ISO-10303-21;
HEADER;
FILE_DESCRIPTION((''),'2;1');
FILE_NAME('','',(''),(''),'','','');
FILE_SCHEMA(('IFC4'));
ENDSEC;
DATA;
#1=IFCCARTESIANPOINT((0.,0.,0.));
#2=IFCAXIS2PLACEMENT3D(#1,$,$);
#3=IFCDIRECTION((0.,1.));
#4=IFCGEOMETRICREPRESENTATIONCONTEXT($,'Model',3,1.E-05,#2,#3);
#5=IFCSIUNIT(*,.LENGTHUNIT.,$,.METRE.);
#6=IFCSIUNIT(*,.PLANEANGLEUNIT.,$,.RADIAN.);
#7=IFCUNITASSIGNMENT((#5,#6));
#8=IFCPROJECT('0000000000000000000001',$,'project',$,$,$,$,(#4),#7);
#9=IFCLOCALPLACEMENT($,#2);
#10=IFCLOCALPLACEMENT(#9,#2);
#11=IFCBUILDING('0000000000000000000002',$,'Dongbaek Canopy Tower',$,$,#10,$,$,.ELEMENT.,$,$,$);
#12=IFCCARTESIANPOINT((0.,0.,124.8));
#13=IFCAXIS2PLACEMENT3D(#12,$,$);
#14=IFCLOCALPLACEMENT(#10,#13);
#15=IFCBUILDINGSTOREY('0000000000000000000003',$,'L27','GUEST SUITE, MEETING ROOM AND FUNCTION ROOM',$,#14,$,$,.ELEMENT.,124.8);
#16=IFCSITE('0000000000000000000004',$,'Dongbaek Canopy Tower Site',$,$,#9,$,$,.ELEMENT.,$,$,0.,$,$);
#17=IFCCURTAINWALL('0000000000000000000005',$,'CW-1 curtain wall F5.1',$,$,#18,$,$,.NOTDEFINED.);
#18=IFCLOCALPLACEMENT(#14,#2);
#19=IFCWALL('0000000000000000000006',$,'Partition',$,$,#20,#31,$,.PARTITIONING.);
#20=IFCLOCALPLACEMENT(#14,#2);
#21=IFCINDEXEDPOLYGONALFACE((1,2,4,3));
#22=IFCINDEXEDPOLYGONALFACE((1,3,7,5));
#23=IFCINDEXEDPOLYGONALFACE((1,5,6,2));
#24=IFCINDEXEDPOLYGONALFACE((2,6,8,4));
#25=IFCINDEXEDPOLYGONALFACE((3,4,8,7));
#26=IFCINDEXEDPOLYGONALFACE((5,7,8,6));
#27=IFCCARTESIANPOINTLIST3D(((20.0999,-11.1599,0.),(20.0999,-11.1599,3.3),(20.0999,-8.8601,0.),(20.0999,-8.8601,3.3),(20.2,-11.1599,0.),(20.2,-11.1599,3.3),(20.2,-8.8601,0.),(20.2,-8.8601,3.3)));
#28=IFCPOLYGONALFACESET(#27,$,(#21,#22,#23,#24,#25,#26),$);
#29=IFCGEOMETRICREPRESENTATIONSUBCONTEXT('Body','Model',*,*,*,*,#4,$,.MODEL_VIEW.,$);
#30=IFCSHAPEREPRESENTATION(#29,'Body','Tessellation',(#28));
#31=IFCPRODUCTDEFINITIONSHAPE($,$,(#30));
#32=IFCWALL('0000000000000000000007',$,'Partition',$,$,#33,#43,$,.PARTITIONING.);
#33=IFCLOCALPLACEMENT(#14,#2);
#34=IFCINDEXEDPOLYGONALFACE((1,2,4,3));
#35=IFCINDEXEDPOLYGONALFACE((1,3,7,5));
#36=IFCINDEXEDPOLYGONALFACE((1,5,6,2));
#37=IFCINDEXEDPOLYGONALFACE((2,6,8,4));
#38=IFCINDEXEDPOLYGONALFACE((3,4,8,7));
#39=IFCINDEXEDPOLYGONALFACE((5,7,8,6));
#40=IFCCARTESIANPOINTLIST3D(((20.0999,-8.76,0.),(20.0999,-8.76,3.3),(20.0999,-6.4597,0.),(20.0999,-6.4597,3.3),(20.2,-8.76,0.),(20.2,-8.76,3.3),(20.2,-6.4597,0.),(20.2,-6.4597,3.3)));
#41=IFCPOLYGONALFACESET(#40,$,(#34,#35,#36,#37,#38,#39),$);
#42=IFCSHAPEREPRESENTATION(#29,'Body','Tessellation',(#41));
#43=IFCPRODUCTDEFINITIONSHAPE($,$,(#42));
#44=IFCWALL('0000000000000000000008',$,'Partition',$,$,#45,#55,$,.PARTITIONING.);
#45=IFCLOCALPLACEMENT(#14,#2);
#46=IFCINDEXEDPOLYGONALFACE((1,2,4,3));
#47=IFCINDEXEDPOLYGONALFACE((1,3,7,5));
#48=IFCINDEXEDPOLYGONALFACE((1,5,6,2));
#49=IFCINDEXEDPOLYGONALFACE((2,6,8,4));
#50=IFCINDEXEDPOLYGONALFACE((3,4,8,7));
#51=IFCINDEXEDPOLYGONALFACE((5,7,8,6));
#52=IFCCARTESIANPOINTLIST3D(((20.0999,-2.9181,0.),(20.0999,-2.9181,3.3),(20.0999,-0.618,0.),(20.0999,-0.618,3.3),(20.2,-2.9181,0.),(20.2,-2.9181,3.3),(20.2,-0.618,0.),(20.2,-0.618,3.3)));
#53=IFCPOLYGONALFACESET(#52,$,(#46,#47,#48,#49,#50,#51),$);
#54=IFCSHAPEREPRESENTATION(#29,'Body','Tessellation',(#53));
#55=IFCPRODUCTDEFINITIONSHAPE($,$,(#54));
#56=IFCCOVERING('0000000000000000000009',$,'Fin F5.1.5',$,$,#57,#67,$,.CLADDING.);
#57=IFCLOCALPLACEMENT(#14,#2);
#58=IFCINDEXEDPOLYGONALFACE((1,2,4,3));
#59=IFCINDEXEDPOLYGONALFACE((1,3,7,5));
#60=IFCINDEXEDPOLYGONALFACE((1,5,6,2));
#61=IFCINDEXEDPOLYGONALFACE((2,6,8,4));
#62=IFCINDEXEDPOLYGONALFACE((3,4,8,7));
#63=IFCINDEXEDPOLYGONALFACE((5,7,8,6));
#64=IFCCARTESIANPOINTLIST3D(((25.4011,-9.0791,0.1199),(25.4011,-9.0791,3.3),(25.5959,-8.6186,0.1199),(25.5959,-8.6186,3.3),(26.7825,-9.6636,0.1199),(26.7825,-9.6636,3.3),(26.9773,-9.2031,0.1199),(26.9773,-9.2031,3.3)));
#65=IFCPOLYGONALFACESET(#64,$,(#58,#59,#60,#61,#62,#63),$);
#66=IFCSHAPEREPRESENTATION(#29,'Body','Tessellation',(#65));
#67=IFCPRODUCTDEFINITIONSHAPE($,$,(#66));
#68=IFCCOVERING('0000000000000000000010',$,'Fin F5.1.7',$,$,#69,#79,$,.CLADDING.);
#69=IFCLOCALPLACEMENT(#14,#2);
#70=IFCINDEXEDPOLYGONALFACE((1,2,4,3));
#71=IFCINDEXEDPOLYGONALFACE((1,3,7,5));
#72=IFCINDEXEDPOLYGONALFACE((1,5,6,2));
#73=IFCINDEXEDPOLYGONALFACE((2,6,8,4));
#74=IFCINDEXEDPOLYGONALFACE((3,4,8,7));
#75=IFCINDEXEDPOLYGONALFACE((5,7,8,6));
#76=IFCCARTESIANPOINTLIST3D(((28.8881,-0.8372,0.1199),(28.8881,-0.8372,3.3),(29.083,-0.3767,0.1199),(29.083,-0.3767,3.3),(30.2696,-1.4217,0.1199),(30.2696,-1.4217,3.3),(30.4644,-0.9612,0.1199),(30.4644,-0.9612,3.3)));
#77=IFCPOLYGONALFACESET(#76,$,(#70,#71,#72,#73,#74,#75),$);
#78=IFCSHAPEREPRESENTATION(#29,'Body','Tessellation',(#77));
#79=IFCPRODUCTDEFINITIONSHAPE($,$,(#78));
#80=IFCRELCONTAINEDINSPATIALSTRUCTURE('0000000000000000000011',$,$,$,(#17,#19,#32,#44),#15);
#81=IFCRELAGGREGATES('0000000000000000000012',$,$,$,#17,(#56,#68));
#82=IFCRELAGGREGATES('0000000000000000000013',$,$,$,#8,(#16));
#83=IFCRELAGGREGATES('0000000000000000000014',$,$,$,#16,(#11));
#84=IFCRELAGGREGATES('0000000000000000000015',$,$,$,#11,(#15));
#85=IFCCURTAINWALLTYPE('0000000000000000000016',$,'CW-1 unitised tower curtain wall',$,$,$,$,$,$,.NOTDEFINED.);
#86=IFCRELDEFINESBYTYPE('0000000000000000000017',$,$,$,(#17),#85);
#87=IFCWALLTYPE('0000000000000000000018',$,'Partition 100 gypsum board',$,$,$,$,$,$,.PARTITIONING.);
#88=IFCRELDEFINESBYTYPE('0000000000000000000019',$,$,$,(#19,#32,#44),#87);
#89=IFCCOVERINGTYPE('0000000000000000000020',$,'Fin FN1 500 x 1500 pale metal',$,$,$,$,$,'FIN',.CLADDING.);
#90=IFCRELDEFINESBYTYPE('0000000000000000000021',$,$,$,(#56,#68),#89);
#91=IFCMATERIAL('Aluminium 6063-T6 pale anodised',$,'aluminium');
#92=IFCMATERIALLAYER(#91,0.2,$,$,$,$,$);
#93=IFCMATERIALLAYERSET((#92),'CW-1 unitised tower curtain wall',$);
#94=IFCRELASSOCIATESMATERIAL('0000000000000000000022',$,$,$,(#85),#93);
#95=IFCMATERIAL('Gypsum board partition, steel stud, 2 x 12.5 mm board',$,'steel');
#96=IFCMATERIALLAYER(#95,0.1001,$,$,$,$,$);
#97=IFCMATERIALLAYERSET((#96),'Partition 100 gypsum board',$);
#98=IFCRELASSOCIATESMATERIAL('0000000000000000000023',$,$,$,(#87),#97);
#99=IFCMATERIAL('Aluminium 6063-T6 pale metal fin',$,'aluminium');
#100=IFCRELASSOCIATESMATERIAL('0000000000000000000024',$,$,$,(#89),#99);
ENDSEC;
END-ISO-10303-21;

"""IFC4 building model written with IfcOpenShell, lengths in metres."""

from ifc_helpers import new_model, si_unit, direction, frame, frame_2d, origin, origin_2d, place, context, subcontext, project, spatial, rectangle, extrude, material, layer, layer_set, material_profile, profile_set, type_object, element, aggregate, save


model = new_model("IFC4")

# Units and contexts
model_context = context("Model", 3, precision=1e-05, world=origin(), true_north=direction((0.0, 1.0)))
body_context = subcontext(model_context, "Body", "Model", "MODEL_VIEW")
ifc_project = project(units=[si_unit("LENGTHUNIT", "METRE"), si_unit("PLANEANGLEUNIT", "RADIAN")], contexts=[model_context])

# Site, building, storey
site_placement = place(None, origin())
site = spatial("IfcSite", under=ifc_project, at=site_placement, Name="Dongbaek Canopy Tower Site", CompositionType="ELEMENT", RefElevation=0.0)
building_placement = place(site_placement, origin())
building = spatial("IfcBuilding", under=site, at=building_placement, Name="Dongbaek Canopy Tower", CompositionType="ELEMENT")
storey_placement = place(building_placement, frame((0.0, 0.0, 124.8)))
storey = spatial("IfcBuildingStorey", under=building, at=storey_placement, Name="L27", Description="GUEST SUITE, MEETING ROOM AND FUNCTION ROOM", CompositionType="ELEMENT", Elevation=124.8)

# Curtain wall
ifc_material_1 = material(Name="Aluminium 6063-T6 pale anodised", Category="aluminium")
ifc_layer_1 = layer(ifc_material_1, 0.2)
ifc_layer_set_1 = layer_set([ifc_layer_1], Name="CW-1 unitised tower curtain wall")
curtain_wall_type = type_object("IfcCurtainWallType", Name="CW-1 unitised tower curtain wall", PredefinedType="NOTDEFINED", material=ifc_layer_set_1)
curtain_wall_placement = place(storey_placement, origin())
curtain_wall = element("IfcCurtainWall", 1, at=curtain_wall_placement, inside=storey, type_object=curtain_wall_type, Name="CW-1 curtain wall F5.1", PredefinedType="NOTDEFINED")

# Shared definitions
ifc_material_2 = material(Name="Gypsum board partition, steel stud, 2 x 12.5 mm board", Category="steel")
ifc_layer_2 = layer(ifc_material_2, 0.1001)
ifc_layer_set_2 = layer_set([ifc_layer_2], Name="Partition 100 gypsum board")
wall_type_1 = type_object("IfcWallType", Name="Partition 100 gypsum board", PredefinedType="PARTITIONING", material=ifc_layer_set_2)

# Walls
wall_1_placement = place(storey_placement, frame((20.1499, -11.1599, 0.0), z_axis=(0.0, 0.0, 1.0), x_axis=(0.0, 1.0, 0.0)))
element("IfcWall", 2, at=wall_1_placement, inside=storey, type_object=wall_type_1, Name="Partition", PredefinedType="PARTITIONING", context=body_context, shape_type="SweptSolid", body=[
    extrude(rectangle(XDim=2.2998, YDim=0.1001, at=frame_2d((1.1499, 0.0))), origin(), (0.0, 0.0, 1.0), 3.3),
])
wall_2_placement = place(storey_placement, frame((20.1499, -8.76, 0.0), z_axis=(0.0, 0.0, 1.0), x_axis=(0.0, 1.0, 0.0)))
element("IfcWall", 3, at=wall_2_placement, inside=storey, type_object=wall_type_1, Name="Partition", PredefinedType="PARTITIONING", context=body_context, shape_type="SweptSolid", body=[
    extrude(rectangle(XDim=2.3003, YDim=0.1001, at=frame_2d((1.1501, 0.0))), origin(), (0.0, 0.0, 1.0), 3.3),
])
wall_3_placement = place(storey_placement, frame((20.1499, -2.918, 0.0), z_axis=(0.0, 0.0, 1.0), x_axis=(0.0, 1.0, 0.0)))
element("IfcWall", 4, at=wall_3_placement, inside=storey, type_object=wall_type_1, Name="Partition", PredefinedType="PARTITIONING", context=body_context, shape_type="SweptSolid", body=[
    extrude(rectangle(XDim=2.3, YDim=0.1001, at=frame_2d((1.1499, 0.0))), origin(), (0.0, 0.0, 1.0), 3.3),
])

# Coverings
ifc_material_3 = material(Name="Aluminium 6063-T6 pale metal fin", Category="aluminium")
ifc_material_profile_1 = material_profile(ifc_material_3, rectangle(XDim=1.5, YDim=0.5, at=origin_2d()), Name="Fin FN1 500 x 1500 pale metal")
ifc_profile_set_1 = profile_set([ifc_material_profile_1], Name="Aluminium 6063-T6 pale metal fin")
covering_type = type_object("IfcCoveringType", Name="Fin FN1 500 x 1500 pale metal", ElementType="FIN", PredefinedType="CLADDING", material=ifc_profile_set_1)
covering_1_placement = place(storey_placement, frame((26.1892, -9.1411, 0.1199), z_axis=(0.0, 0.0, 1.0), x_axis=(0.920958, -0.389663, 0.0)))
covering_1 = element("IfcCovering", 5, at=covering_1_placement, type_object=covering_type, Name="Fin F5.1.5", PredefinedType="CLADDING", context=body_context, shape_type="SweptSolid", body=[
    extrude(rectangle(XDim=1.5, YDim=0.5, at=origin_2d()), origin(), (0.0, 0.0, 1.0), 3.1802),
])
covering_2_placement = place(storey_placement, frame((29.6763, -0.8992, 0.1199), z_axis=(0.0, 0.0, 1.0), x_axis=(0.920958, -0.389663, 0.0)))
covering_2 = element("IfcCovering", 6, at=covering_2_placement, type_object=covering_type, Name="Fin F5.1.7", PredefinedType="CLADDING", context=body_context, shape_type="SweptSolid", body=[
    extrude(rectangle(XDim=1.5, YDim=0.5, at=origin_2d()), origin(), (0.0, 0.0, 1.0), 3.1802),
])
aggregate(curtain_wall, [covering_1, covering_2])

save(model, "model.ifc")
